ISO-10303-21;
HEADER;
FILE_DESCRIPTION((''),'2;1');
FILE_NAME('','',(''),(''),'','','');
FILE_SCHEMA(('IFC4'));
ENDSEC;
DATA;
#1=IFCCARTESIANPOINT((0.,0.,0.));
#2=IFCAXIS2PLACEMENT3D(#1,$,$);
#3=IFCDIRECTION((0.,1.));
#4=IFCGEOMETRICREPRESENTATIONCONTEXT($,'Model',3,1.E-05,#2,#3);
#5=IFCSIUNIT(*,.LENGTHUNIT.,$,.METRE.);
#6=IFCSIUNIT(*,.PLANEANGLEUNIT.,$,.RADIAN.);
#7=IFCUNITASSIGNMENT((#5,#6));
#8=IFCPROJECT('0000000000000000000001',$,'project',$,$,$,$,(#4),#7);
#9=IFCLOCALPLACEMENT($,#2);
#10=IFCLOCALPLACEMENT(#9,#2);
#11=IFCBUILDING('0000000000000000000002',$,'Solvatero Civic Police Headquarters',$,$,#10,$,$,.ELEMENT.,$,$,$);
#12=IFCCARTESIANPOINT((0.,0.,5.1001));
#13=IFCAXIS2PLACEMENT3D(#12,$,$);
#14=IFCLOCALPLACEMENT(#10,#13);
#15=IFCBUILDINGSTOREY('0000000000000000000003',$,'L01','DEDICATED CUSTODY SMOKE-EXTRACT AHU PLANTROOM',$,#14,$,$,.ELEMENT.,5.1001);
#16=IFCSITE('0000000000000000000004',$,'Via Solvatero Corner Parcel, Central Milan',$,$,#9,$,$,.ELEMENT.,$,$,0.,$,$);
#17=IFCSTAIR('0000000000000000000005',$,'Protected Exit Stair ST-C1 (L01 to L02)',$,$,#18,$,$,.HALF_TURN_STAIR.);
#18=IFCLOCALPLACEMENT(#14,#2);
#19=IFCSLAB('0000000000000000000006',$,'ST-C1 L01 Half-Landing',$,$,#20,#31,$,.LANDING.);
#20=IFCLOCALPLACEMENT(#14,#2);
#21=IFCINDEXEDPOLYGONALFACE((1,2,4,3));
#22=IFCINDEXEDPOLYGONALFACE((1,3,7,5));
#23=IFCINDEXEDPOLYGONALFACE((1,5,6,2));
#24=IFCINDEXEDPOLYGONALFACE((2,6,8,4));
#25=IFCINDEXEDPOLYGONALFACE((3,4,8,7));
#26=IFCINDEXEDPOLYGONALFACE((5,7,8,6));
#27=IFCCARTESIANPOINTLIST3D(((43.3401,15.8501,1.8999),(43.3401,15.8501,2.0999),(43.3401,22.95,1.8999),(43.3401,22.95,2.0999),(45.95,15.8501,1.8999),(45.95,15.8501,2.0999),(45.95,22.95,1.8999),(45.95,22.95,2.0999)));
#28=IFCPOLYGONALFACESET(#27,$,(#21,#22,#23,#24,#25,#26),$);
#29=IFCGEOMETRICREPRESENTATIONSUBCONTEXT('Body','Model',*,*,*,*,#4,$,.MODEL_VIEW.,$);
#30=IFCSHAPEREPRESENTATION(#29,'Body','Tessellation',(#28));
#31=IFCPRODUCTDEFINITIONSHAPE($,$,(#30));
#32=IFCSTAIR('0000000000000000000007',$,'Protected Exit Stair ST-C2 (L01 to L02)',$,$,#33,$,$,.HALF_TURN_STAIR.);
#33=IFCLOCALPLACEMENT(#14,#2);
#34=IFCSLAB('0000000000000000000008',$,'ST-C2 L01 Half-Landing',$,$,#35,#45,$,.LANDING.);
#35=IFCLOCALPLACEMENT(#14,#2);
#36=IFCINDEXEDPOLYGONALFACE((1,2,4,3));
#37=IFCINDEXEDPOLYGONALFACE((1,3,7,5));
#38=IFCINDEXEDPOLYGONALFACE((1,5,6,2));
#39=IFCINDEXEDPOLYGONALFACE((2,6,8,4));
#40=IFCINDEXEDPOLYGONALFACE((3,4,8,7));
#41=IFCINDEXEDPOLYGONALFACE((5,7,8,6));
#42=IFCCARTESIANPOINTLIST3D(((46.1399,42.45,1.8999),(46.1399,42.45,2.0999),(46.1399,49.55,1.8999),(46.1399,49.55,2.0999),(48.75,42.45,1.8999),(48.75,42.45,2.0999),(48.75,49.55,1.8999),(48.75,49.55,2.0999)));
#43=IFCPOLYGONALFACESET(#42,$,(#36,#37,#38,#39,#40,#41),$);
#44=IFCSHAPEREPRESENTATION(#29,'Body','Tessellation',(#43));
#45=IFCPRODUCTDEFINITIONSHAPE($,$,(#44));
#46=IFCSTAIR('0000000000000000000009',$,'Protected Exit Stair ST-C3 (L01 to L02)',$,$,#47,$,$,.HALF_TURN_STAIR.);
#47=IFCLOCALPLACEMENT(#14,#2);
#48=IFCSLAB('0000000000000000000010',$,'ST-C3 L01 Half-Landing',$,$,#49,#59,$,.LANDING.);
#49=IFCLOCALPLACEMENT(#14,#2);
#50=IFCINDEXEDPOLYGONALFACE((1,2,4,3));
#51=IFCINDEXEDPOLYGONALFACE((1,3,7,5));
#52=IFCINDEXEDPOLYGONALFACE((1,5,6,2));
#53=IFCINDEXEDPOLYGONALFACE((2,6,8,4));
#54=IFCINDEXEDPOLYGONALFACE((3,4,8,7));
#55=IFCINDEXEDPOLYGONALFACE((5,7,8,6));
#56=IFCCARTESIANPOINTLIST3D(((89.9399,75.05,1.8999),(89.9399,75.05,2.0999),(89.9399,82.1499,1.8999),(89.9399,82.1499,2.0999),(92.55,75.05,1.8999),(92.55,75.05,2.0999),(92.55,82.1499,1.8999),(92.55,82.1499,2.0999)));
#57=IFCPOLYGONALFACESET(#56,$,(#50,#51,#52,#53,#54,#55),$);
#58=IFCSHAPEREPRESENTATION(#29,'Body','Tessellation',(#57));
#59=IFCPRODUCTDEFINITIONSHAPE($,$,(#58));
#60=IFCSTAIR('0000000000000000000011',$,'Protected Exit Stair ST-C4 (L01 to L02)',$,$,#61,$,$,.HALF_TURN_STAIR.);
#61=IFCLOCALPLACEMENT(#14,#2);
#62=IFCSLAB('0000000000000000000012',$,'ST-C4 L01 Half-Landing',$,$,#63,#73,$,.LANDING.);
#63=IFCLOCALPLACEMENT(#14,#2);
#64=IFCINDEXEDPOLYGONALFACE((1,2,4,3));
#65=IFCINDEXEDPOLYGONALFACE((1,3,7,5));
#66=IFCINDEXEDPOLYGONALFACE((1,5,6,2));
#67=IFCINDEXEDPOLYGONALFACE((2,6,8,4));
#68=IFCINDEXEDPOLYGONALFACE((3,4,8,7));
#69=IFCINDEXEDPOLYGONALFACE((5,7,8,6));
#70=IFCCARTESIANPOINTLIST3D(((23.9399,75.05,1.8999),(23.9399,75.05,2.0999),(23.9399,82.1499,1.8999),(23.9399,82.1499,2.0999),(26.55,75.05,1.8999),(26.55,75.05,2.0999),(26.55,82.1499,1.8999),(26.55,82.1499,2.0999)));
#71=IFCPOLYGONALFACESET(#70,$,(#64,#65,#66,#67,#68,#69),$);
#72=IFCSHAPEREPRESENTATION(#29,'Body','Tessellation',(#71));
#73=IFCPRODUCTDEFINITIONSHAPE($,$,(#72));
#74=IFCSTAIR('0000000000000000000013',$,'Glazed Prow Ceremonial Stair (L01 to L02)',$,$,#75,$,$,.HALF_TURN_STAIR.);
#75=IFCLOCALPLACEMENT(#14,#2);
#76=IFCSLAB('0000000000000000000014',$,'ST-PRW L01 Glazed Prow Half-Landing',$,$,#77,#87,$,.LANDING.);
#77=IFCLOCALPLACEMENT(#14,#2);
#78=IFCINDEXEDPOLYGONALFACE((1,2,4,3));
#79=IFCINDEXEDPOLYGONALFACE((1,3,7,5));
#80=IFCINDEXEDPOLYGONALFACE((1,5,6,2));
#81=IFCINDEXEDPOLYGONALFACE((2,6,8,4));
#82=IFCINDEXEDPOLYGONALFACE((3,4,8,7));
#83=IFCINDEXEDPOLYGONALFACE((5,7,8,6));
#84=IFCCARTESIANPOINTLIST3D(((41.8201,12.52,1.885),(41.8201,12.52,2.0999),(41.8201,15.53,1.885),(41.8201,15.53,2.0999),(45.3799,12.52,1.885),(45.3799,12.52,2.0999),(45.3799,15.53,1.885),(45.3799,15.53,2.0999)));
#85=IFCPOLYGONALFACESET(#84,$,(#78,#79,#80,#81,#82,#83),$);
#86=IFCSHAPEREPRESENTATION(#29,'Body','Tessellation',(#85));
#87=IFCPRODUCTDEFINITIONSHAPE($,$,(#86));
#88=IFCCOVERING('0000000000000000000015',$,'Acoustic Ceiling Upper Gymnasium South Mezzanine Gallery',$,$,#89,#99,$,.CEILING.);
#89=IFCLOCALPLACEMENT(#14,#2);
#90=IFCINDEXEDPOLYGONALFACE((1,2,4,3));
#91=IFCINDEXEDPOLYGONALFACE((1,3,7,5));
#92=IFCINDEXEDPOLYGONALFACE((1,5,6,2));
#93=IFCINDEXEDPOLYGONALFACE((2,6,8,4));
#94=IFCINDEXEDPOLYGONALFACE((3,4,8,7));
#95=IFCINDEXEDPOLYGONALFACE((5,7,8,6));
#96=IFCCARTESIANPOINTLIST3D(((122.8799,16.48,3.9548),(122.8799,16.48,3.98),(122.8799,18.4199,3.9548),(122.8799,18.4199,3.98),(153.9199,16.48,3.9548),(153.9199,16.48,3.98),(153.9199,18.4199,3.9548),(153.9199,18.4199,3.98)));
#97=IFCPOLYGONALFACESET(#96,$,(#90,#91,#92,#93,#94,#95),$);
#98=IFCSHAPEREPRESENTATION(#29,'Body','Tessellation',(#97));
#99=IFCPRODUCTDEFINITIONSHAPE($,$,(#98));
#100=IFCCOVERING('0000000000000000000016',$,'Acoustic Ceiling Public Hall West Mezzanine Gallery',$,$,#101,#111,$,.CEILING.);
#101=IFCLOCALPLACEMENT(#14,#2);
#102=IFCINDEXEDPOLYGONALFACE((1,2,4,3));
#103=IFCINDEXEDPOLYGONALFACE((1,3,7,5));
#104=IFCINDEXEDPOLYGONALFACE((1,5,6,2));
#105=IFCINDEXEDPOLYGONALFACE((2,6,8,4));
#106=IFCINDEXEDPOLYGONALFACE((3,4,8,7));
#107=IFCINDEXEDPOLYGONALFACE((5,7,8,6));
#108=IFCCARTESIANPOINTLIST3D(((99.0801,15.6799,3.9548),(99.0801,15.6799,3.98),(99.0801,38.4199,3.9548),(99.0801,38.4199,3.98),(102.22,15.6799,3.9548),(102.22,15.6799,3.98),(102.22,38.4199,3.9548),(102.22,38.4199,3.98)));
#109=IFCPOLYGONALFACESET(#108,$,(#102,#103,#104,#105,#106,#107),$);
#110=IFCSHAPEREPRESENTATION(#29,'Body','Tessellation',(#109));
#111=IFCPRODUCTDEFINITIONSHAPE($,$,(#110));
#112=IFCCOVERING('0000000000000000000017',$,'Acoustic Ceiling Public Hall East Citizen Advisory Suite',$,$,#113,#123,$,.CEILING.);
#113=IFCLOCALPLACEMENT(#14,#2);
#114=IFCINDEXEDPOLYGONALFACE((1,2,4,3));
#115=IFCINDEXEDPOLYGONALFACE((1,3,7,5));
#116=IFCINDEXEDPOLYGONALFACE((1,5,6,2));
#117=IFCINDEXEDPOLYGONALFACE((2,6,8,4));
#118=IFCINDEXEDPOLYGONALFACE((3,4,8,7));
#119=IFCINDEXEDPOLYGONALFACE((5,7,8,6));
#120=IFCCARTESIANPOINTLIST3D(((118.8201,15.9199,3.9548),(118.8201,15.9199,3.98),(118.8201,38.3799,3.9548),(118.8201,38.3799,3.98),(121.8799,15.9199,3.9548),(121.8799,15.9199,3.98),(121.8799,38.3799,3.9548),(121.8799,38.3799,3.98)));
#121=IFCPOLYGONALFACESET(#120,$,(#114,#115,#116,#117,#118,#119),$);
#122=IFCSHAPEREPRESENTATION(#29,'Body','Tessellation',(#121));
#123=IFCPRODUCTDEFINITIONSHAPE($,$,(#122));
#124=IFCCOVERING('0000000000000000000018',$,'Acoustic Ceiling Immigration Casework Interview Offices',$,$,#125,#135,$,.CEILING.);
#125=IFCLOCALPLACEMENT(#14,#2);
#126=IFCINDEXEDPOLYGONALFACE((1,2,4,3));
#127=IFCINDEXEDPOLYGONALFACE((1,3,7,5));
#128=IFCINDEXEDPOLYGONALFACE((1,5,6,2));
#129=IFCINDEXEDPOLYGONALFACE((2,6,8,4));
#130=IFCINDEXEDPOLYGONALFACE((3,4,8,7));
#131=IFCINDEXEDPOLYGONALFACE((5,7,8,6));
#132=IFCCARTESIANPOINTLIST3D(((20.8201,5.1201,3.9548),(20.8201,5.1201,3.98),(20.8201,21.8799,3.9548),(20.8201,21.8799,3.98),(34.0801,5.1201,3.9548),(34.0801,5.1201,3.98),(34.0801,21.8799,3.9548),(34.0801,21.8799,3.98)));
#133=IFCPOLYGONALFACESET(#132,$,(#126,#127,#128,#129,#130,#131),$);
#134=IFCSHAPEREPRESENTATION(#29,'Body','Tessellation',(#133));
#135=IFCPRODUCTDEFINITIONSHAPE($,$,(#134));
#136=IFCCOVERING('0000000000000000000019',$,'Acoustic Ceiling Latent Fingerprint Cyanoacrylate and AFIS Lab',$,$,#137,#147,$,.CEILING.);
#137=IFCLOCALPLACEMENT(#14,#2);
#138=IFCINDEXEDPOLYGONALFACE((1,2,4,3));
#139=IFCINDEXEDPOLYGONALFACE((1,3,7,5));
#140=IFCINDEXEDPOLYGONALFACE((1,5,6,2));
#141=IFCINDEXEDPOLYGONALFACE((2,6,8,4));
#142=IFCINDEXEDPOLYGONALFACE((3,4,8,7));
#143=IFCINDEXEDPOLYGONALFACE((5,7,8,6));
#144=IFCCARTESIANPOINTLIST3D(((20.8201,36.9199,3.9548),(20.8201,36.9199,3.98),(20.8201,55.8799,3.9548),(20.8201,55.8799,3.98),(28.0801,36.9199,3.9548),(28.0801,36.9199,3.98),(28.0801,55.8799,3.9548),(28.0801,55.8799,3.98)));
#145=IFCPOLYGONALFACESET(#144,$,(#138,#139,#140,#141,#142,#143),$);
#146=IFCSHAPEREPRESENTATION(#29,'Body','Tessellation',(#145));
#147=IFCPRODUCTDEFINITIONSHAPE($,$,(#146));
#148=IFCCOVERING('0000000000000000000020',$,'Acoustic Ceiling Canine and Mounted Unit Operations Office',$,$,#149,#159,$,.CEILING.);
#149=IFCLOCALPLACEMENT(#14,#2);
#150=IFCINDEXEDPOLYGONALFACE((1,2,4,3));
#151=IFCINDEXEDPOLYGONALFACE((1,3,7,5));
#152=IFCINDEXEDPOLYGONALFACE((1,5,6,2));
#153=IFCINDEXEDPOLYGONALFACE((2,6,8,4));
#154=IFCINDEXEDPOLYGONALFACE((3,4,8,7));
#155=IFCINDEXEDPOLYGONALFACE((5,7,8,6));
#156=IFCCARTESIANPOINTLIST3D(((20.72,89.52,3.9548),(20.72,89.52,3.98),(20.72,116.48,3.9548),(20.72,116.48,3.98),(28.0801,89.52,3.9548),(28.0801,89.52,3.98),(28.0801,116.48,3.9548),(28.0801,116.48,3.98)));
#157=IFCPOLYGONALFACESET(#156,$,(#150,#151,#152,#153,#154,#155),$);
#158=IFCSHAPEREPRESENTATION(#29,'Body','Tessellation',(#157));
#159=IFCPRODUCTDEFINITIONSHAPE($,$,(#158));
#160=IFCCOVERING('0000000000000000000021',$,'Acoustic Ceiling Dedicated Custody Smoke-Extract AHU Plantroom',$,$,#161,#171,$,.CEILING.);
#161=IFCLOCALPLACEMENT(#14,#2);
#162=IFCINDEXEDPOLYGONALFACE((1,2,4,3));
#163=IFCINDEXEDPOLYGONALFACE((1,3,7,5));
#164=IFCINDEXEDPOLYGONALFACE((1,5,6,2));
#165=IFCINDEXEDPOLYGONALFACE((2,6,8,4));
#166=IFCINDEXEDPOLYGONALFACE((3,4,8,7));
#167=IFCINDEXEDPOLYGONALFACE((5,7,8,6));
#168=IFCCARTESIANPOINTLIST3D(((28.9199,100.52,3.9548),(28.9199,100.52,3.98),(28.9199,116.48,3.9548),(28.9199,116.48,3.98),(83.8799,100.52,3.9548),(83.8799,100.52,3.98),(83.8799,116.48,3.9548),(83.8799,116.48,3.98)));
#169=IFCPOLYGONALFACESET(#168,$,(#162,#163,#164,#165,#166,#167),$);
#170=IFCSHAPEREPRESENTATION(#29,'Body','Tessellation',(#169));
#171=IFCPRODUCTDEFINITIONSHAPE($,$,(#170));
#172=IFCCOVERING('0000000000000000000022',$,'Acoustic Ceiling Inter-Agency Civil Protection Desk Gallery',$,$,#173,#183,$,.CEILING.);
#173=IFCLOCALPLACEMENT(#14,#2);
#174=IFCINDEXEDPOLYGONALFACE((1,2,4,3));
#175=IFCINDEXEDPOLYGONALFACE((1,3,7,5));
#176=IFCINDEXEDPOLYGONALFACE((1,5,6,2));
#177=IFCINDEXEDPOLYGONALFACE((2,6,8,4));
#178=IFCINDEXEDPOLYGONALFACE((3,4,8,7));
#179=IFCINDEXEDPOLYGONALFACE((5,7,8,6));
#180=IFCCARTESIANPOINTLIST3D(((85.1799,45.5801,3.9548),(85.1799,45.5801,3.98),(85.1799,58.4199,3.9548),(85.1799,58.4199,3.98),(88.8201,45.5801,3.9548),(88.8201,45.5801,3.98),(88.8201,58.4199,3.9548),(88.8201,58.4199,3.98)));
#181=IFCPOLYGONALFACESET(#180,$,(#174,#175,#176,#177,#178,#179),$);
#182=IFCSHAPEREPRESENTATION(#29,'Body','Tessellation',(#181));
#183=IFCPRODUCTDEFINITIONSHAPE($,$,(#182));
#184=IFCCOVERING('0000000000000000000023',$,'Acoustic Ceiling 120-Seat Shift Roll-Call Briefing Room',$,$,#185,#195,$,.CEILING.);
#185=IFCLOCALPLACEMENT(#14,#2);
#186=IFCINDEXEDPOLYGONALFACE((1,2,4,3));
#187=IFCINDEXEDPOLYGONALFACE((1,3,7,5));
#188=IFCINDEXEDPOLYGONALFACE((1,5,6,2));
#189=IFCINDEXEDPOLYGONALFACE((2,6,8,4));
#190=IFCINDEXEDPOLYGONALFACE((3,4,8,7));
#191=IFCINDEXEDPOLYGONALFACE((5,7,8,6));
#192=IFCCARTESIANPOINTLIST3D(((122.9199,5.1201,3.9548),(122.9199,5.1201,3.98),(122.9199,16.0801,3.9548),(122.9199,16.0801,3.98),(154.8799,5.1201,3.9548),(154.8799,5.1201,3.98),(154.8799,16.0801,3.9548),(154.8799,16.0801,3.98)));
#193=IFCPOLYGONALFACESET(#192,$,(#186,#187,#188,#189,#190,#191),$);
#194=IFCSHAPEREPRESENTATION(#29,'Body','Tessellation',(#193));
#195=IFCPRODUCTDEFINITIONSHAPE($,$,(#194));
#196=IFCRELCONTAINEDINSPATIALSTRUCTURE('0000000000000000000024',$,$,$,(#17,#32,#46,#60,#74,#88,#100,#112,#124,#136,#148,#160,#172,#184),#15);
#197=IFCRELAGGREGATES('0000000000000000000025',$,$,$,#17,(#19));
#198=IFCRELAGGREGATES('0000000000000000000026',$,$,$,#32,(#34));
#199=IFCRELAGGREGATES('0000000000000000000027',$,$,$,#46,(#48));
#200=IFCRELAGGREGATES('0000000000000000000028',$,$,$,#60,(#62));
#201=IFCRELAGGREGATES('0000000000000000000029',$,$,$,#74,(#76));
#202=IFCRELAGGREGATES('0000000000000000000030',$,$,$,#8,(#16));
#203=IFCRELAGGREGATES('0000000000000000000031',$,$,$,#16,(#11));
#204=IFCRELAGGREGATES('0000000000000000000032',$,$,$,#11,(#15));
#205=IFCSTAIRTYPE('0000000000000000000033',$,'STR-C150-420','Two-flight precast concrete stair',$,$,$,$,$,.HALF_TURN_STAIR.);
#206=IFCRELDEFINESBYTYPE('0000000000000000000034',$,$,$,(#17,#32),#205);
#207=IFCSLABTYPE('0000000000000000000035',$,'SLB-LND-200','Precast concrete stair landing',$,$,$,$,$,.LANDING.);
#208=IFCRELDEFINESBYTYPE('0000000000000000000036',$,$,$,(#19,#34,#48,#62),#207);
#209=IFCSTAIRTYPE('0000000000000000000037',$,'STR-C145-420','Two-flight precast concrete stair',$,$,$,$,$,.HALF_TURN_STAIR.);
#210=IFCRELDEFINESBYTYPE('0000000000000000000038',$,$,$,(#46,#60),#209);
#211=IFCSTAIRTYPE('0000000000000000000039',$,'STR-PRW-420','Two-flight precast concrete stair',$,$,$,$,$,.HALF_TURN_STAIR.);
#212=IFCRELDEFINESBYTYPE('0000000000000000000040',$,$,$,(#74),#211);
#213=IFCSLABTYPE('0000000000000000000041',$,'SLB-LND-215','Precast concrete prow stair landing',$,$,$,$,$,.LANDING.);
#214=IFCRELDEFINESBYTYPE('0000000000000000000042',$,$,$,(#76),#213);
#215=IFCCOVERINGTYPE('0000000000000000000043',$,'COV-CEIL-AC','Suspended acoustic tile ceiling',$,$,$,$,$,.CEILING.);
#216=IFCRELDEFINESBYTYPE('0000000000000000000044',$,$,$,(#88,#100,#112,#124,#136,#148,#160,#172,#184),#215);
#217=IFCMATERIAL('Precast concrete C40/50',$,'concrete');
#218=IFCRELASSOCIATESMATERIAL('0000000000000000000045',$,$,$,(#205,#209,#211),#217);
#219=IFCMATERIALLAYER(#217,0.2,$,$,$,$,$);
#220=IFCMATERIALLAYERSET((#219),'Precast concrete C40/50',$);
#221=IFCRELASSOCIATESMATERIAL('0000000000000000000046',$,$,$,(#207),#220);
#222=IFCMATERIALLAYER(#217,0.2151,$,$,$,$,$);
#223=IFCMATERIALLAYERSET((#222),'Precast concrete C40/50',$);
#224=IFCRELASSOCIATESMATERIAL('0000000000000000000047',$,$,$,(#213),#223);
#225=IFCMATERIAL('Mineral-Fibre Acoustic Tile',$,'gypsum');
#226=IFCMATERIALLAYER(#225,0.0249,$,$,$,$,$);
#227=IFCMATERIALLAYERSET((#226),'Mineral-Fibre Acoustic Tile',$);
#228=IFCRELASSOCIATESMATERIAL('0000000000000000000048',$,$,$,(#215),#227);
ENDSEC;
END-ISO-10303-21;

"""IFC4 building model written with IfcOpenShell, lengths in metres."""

from ifc_helpers import new_model, si_unit, direction, frame, origin, place, context, subcontext, project, spatial, polyline, outline, extrude, material, layer, layer_set, type_object, element, aggregate, save


model = new_model("IFC4")

# Units and contexts
model_context = context("Model", 3, precision=1e-05, world=origin(), true_north=direction((0.0, 1.0)))
body_context = subcontext(model_context, "Body", "Model", "MODEL_VIEW")
ifc_project = project(units=[si_unit("LENGTHUNIT", "METRE"), si_unit("PLANEANGLEUNIT", "RADIAN")], contexts=[model_context])

# Site, building, storey
site_placement = place(None, origin())
site = spatial("IfcSite", under=ifc_project, at=site_placement, Name="Via Solvatero Corner Parcel, Central Milan", CompositionType="ELEMENT", RefElevation=0.0)
building_placement = place(site_placement, origin())
building = spatial("IfcBuilding", under=site, at=building_placement, Name="Solvatero Civic Police Headquarters", CompositionType="ELEMENT")
storey_placement = place(building_placement, frame((0.0, 0.0, 5.1001)))
storey = spatial("IfcBuildingStorey", under=building, at=storey_placement, Name="L01", Description="DEDICATED CUSTODY SMOKE-EXTRACT AHU PLANTROOM", CompositionType="ELEMENT", Elevation=5.1001)

# Stairs, slabs
ifc_material_1 = material(Name="Precast concrete C40/50", Category="concrete")
stair_type_1 = type_object("IfcStairType", Name="STR-C150-420", Description="Two-flight precast concrete stair", PredefinedType="HALF_TURN_STAIR", material=ifc_material_1)
stair_1_placement = place(storey_placement, origin())
stair_1 = element("IfcStair", 1, at=stair_1_placement, inside=storey, type_object=stair_type_1, Name="Protected Exit Stair ST-C1 (L01 to L02)", PredefinedType="HALF_TURN_STAIR")
ifc_layer_1 = layer(ifc_material_1, 0.2)
ifc_layer_set_1 = layer_set([ifc_layer_1], Name="Precast concrete C40/50")
slab_type_1 = type_object("IfcSlabType", Name="SLB-LND-200", Description="Precast concrete stair landing", PredefinedType="LANDING", material=ifc_layer_set_1)
slab_1_placement = place(storey_placement, frame((0.0, 0.0, 1.8999)))
slab_1 = element("IfcSlab", 2, at=slab_1_placement, type_object=slab_type_1, Name="ST-C1 L01 Half-Landing", PredefinedType="LANDING", context=body_context, shape_type="SweptSolid", body=[
    extrude(outline(polyline([(43.3401, 15.8501), (45.95, 15.8501), (45.95, 22.95), (43.3401, 22.95), (43.3401, 15.8501)])), origin(), (0.0, 0.0, 1.0), 0.2),
])
aggregate(stair_1, [slab_1])
stair_2_placement = place(storey_placement, origin())
stair_2 = element("IfcStair", 3, at=stair_2_placement, inside=storey, type_object=stair_type_1, Name="Protected Exit Stair ST-C2 (L01 to L02)", PredefinedType="HALF_TURN_STAIR")
slab_2_placement = place(storey_placement, frame((0.0, 0.0, 1.8999)))
slab_2 = element("IfcSlab", 4, at=slab_2_placement, type_object=slab_type_1, Name="ST-C2 L01 Half-Landing", PredefinedType="LANDING", context=body_context, shape_type="SweptSolid", body=[
    extrude(outline(polyline([(46.1399, 42.45), (48.75, 42.45), (48.75, 49.55), (46.1399, 49.55), (46.1399, 42.45)])), origin(), (0.0, 0.0, 1.0), 0.2),
])
aggregate(stair_2, [slab_2])
stair_type_2 = type_object("IfcStairType", Name="STR-C145-420", Description="Two-flight precast concrete stair", PredefinedType="HALF_TURN_STAIR", material=ifc_material_1)
stair_3_placement = place(storey_placement, origin())
stair_3 = element("IfcStair", 5, at=stair_3_placement, inside=storey, type_object=stair_type_2, Name="Protected Exit Stair ST-C3 (L01 to L02)", PredefinedType="HALF_TURN_STAIR")
slab_3_placement = place(storey_placement, frame((0.0, 0.0, 1.8999)))
slab_3 = element("IfcSlab", 6, at=slab_3_placement, type_object=slab_type_1, Name="ST-C3 L01 Half-Landing", PredefinedType="LANDING", context=body_context, shape_type="SweptSolid", body=[
    extrude(outline(polyline([(89.9399, 75.05), (92.55, 75.05), (92.55, 82.1499), (89.9399, 82.1499), (89.9399, 75.05)])), origin(), (0.0, 0.0, 1.0), 0.2),
])
aggregate(stair_3, [slab_3])
stair_4_placement = place(storey_placement, origin())
stair_4 = element("IfcStair", 7, at=stair_4_placement, inside=storey, type_object=stair_type_2, Name="Protected Exit Stair ST-C4 (L01 to L02)", PredefinedType="HALF_TURN_STAIR")
slab_4_placement = place(storey_placement, frame((0.0, 0.0, 1.8999)))
slab_4 = element("IfcSlab", 8, at=slab_4_placement, type_object=slab_type_1, Name="ST-C4 L01 Half-Landing", PredefinedType="LANDING", context=body_context, shape_type="SweptSolid", body=[
    extrude(outline(polyline([(23.9399, 75.05), (26.55, 75.05), (26.55, 82.1499), (23.9399, 82.1499), (23.9399, 75.05)])), origin(), (0.0, 0.0, 1.0), 0.2),
])
aggregate(stair_4, [slab_4])
stair_type_3 = type_object("IfcStairType", Name="STR-PRW-420", Description="Two-flight precast concrete stair", PredefinedType="HALF_TURN_STAIR", material=ifc_material_1)
stair_5_placement = place(storey_placement, origin())
stair_5 = element("IfcStair", 9, at=stair_5_placement, inside=storey, type_object=stair_type_3, Name="Glazed Prow Ceremonial Stair (L01 to L02)", PredefinedType="HALF_TURN_STAIR")
ifc_layer_2 = layer(ifc_material_1, 0.2151)
ifc_layer_set_2 = layer_set([ifc_layer_2], Name="Precast concrete C40/50")
slab_type_2 = type_object("IfcSlabType", Name="SLB-LND-215", Description="Precast concrete prow stair landing", PredefinedType="LANDING", material=ifc_layer_set_2)
slab_5_placement = place(storey_placement, frame((0.0, 0.0, 1.885)))
slab_5 = element("IfcSlab", 10, at=slab_5_placement, type_object=slab_type_2, Name="ST-PRW L01 Glazed Prow Half-Landing", PredefinedType="LANDING", context=body_context, shape_type="SweptSolid", body=[
    extrude(outline(polyline([(41.8201, 12.52), (45.3799, 12.52), (45.3799, 15.53), (41.8201, 15.53), (41.8201, 12.52)])), origin(), (0.0, 0.0, 1.0), 0.2148),
])
aggregate(stair_5, [slab_5])

# Coverings
ifc_material_2 = material(Name="Mineral-Fibre Acoustic Tile", Category="gypsum")
ifc_layer_3 = layer(ifc_material_2, 0.0249)
ifc_layer_set_3 = layer_set([ifc_layer_3], Name="Mineral-Fibre Acoustic Tile")
covering_type_1 = type_object("IfcCoveringType", Name="COV-CEIL-AC", Description="Suspended acoustic tile ceiling", PredefinedType="CEILING", material=ifc_layer_set_3)
covering_1_placement = place(storey_placement, frame((0.0, 0.0, 3.9548)))
element("IfcCovering", 11, at=covering_1_placement, inside=storey, type_object=covering_type_1, Name="Acoustic Ceiling Upper Gymnasium South Mezzanine Gallery", PredefinedType="CEILING", context=body_context, shape_type="SweptSolid", body=[
    extrude(outline(polyline([(122.8799, 16.48), (122.8799, 18.4199), (153.9199, 18.4199), (153.9199, 16.48), (122.8799, 16.48)])), origin(), (0.0, 0.0, 1.0), 0.0251),
])
covering_2_placement = place(storey_placement, frame((0.0, 0.0, 3.9548)))
element("IfcCovering", 12, at=covering_2_placement, inside=storey, type_object=covering_type_1, Name="Acoustic Ceiling Public Hall West Mezzanine Gallery", PredefinedType="CEILING", context=body_context, shape_type="SweptSolid", body=[
    extrude(outline(polyline([(99.0801, 15.6799), (99.0801, 38.4199), (102.22, 38.4199), (102.22, 15.6799), (99.0801, 15.6799)])), origin(), (0.0, 0.0, 1.0), 0.0251),
])
covering_3_placement = place(storey_placement, frame((0.0, 0.0, 3.9548)))
element("IfcCovering", 13, at=covering_3_placement, inside=storey, type_object=covering_type_1, Name="Acoustic Ceiling Public Hall East Citizen Advisory Suite", PredefinedType="CEILING", context=body_context, shape_type="SweptSolid", body=[
    extrude(outline(polyline([(118.8201, 15.9199), (118.8201, 38.3799), (121.8799, 38.3799), (121.8799, 15.9199), (118.8201, 15.9199)])), origin(), (0.0, 0.0, 1.0), 0.0251),
])
covering_4_placement = place(storey_placement, frame((0.0, 0.0, 3.9548)))
element("IfcCovering", 14, at=covering_4_placement, inside=storey, type_object=covering_type_1, Name="Acoustic Ceiling Immigration Casework Interview Offices", PredefinedType="CEILING", context=body_context, shape_type="SweptSolid", body=[
    extrude(outline(polyline([(34.0801, 21.8799), (34.0801, 5.1201), (20.8201, 5.1201), (20.8201, 21.8799), (34.0801, 21.8799)])), origin(), (0.0, 0.0, 1.0), 0.0251),
])
covering_5_placement = place(storey_placement, frame((0.0, 0.0, 3.9548)))
element("IfcCovering", 15, at=covering_5_placement, inside=storey, type_object=covering_type_1, Name="Acoustic Ceiling Latent Fingerprint Cyanoacrylate and AFIS Lab", PredefinedType="CEILING", context=body_context, shape_type="SweptSolid", body=[
    extrude(outline(polyline([(28.0801, 55.8799), (28.0801, 36.9199), (20.8201, 36.9199), (20.8201, 55.8799), (28.0801, 55.8799)])), origin(), (0.0, 0.0, 1.0), 0.0251),
])
covering_6_placement = place(storey_placement, frame((0.0, 0.0, 3.9548)))
element("IfcCovering", 16, at=covering_6_placement, inside=storey, type_object=covering_type_1, Name="Acoustic Ceiling Canine and Mounted Unit Operations Office", PredefinedType="CEILING", context=body_context, shape_type="SweptSolid", body=[
    extrude(outline(polyline([(20.72, 89.52), (20.72, 116.48), (28.0801, 116.48), (28.0801, 89.52), (20.72, 89.52)])), origin(), (0.0, 0.0, 1.0), 0.0251),
])
covering_7_placement = place(storey_placement, frame((0.0, 0.0, 3.9548)))
element("IfcCovering", 17, at=covering_7_placement, inside=storey, type_object=covering_type_1, Name="Acoustic Ceiling Dedicated Custody Smoke-Extract AHU Plantroom", PredefinedType="CEILING", context=body_context, shape_type="SweptSolid", body=[
    extrude(outline(polyline([(28.9199, 100.52), (28.9199, 116.48), (83.8799, 116.48), (83.8799, 100.52), (28.9199, 100.52)])), origin(), (0.0, 0.0, 1.0), 0.0251),
])
covering_8_placement = place(storey_placement, frame((0.0, 0.0, 3.9548)))
element("IfcCovering", 18, at=covering_8_placement, inside=storey, type_object=covering_type_1, Name="Acoustic Ceiling Inter-Agency Civil Protection Desk Gallery", PredefinedType="CEILING", context=body_context, shape_type="SweptSolid", body=[
    extrude(outline(polyline([(85.1799, 45.5801), (85.1799, 58.4199), (88.8201, 58.4199), (88.8201, 45.5801), (85.1799, 45.5801)])), origin(), (0.0, 0.0, 1.0), 0.0251),
])
covering_9_placement = place(storey_placement, frame((0.0, 0.0, 3.9548)))
element("IfcCovering", 19, at=covering_9_placement, inside=storey, type_object=covering_type_1, Name="Acoustic Ceiling 120-Seat Shift Roll-Call Briefing Room", PredefinedType="CEILING", context=body_context, shape_type="SweptSolid", body=[
    extrude(outline(polyline([(122.9199, 5.1201), (122.9199, 16.0801), (154.8799, 16.0801), (154.8799, 5.1201), (122.9199, 5.1201)])), origin(), (0.0, 0.0, 1.0), 0.0251),
])

save(model, "model.ifc")
